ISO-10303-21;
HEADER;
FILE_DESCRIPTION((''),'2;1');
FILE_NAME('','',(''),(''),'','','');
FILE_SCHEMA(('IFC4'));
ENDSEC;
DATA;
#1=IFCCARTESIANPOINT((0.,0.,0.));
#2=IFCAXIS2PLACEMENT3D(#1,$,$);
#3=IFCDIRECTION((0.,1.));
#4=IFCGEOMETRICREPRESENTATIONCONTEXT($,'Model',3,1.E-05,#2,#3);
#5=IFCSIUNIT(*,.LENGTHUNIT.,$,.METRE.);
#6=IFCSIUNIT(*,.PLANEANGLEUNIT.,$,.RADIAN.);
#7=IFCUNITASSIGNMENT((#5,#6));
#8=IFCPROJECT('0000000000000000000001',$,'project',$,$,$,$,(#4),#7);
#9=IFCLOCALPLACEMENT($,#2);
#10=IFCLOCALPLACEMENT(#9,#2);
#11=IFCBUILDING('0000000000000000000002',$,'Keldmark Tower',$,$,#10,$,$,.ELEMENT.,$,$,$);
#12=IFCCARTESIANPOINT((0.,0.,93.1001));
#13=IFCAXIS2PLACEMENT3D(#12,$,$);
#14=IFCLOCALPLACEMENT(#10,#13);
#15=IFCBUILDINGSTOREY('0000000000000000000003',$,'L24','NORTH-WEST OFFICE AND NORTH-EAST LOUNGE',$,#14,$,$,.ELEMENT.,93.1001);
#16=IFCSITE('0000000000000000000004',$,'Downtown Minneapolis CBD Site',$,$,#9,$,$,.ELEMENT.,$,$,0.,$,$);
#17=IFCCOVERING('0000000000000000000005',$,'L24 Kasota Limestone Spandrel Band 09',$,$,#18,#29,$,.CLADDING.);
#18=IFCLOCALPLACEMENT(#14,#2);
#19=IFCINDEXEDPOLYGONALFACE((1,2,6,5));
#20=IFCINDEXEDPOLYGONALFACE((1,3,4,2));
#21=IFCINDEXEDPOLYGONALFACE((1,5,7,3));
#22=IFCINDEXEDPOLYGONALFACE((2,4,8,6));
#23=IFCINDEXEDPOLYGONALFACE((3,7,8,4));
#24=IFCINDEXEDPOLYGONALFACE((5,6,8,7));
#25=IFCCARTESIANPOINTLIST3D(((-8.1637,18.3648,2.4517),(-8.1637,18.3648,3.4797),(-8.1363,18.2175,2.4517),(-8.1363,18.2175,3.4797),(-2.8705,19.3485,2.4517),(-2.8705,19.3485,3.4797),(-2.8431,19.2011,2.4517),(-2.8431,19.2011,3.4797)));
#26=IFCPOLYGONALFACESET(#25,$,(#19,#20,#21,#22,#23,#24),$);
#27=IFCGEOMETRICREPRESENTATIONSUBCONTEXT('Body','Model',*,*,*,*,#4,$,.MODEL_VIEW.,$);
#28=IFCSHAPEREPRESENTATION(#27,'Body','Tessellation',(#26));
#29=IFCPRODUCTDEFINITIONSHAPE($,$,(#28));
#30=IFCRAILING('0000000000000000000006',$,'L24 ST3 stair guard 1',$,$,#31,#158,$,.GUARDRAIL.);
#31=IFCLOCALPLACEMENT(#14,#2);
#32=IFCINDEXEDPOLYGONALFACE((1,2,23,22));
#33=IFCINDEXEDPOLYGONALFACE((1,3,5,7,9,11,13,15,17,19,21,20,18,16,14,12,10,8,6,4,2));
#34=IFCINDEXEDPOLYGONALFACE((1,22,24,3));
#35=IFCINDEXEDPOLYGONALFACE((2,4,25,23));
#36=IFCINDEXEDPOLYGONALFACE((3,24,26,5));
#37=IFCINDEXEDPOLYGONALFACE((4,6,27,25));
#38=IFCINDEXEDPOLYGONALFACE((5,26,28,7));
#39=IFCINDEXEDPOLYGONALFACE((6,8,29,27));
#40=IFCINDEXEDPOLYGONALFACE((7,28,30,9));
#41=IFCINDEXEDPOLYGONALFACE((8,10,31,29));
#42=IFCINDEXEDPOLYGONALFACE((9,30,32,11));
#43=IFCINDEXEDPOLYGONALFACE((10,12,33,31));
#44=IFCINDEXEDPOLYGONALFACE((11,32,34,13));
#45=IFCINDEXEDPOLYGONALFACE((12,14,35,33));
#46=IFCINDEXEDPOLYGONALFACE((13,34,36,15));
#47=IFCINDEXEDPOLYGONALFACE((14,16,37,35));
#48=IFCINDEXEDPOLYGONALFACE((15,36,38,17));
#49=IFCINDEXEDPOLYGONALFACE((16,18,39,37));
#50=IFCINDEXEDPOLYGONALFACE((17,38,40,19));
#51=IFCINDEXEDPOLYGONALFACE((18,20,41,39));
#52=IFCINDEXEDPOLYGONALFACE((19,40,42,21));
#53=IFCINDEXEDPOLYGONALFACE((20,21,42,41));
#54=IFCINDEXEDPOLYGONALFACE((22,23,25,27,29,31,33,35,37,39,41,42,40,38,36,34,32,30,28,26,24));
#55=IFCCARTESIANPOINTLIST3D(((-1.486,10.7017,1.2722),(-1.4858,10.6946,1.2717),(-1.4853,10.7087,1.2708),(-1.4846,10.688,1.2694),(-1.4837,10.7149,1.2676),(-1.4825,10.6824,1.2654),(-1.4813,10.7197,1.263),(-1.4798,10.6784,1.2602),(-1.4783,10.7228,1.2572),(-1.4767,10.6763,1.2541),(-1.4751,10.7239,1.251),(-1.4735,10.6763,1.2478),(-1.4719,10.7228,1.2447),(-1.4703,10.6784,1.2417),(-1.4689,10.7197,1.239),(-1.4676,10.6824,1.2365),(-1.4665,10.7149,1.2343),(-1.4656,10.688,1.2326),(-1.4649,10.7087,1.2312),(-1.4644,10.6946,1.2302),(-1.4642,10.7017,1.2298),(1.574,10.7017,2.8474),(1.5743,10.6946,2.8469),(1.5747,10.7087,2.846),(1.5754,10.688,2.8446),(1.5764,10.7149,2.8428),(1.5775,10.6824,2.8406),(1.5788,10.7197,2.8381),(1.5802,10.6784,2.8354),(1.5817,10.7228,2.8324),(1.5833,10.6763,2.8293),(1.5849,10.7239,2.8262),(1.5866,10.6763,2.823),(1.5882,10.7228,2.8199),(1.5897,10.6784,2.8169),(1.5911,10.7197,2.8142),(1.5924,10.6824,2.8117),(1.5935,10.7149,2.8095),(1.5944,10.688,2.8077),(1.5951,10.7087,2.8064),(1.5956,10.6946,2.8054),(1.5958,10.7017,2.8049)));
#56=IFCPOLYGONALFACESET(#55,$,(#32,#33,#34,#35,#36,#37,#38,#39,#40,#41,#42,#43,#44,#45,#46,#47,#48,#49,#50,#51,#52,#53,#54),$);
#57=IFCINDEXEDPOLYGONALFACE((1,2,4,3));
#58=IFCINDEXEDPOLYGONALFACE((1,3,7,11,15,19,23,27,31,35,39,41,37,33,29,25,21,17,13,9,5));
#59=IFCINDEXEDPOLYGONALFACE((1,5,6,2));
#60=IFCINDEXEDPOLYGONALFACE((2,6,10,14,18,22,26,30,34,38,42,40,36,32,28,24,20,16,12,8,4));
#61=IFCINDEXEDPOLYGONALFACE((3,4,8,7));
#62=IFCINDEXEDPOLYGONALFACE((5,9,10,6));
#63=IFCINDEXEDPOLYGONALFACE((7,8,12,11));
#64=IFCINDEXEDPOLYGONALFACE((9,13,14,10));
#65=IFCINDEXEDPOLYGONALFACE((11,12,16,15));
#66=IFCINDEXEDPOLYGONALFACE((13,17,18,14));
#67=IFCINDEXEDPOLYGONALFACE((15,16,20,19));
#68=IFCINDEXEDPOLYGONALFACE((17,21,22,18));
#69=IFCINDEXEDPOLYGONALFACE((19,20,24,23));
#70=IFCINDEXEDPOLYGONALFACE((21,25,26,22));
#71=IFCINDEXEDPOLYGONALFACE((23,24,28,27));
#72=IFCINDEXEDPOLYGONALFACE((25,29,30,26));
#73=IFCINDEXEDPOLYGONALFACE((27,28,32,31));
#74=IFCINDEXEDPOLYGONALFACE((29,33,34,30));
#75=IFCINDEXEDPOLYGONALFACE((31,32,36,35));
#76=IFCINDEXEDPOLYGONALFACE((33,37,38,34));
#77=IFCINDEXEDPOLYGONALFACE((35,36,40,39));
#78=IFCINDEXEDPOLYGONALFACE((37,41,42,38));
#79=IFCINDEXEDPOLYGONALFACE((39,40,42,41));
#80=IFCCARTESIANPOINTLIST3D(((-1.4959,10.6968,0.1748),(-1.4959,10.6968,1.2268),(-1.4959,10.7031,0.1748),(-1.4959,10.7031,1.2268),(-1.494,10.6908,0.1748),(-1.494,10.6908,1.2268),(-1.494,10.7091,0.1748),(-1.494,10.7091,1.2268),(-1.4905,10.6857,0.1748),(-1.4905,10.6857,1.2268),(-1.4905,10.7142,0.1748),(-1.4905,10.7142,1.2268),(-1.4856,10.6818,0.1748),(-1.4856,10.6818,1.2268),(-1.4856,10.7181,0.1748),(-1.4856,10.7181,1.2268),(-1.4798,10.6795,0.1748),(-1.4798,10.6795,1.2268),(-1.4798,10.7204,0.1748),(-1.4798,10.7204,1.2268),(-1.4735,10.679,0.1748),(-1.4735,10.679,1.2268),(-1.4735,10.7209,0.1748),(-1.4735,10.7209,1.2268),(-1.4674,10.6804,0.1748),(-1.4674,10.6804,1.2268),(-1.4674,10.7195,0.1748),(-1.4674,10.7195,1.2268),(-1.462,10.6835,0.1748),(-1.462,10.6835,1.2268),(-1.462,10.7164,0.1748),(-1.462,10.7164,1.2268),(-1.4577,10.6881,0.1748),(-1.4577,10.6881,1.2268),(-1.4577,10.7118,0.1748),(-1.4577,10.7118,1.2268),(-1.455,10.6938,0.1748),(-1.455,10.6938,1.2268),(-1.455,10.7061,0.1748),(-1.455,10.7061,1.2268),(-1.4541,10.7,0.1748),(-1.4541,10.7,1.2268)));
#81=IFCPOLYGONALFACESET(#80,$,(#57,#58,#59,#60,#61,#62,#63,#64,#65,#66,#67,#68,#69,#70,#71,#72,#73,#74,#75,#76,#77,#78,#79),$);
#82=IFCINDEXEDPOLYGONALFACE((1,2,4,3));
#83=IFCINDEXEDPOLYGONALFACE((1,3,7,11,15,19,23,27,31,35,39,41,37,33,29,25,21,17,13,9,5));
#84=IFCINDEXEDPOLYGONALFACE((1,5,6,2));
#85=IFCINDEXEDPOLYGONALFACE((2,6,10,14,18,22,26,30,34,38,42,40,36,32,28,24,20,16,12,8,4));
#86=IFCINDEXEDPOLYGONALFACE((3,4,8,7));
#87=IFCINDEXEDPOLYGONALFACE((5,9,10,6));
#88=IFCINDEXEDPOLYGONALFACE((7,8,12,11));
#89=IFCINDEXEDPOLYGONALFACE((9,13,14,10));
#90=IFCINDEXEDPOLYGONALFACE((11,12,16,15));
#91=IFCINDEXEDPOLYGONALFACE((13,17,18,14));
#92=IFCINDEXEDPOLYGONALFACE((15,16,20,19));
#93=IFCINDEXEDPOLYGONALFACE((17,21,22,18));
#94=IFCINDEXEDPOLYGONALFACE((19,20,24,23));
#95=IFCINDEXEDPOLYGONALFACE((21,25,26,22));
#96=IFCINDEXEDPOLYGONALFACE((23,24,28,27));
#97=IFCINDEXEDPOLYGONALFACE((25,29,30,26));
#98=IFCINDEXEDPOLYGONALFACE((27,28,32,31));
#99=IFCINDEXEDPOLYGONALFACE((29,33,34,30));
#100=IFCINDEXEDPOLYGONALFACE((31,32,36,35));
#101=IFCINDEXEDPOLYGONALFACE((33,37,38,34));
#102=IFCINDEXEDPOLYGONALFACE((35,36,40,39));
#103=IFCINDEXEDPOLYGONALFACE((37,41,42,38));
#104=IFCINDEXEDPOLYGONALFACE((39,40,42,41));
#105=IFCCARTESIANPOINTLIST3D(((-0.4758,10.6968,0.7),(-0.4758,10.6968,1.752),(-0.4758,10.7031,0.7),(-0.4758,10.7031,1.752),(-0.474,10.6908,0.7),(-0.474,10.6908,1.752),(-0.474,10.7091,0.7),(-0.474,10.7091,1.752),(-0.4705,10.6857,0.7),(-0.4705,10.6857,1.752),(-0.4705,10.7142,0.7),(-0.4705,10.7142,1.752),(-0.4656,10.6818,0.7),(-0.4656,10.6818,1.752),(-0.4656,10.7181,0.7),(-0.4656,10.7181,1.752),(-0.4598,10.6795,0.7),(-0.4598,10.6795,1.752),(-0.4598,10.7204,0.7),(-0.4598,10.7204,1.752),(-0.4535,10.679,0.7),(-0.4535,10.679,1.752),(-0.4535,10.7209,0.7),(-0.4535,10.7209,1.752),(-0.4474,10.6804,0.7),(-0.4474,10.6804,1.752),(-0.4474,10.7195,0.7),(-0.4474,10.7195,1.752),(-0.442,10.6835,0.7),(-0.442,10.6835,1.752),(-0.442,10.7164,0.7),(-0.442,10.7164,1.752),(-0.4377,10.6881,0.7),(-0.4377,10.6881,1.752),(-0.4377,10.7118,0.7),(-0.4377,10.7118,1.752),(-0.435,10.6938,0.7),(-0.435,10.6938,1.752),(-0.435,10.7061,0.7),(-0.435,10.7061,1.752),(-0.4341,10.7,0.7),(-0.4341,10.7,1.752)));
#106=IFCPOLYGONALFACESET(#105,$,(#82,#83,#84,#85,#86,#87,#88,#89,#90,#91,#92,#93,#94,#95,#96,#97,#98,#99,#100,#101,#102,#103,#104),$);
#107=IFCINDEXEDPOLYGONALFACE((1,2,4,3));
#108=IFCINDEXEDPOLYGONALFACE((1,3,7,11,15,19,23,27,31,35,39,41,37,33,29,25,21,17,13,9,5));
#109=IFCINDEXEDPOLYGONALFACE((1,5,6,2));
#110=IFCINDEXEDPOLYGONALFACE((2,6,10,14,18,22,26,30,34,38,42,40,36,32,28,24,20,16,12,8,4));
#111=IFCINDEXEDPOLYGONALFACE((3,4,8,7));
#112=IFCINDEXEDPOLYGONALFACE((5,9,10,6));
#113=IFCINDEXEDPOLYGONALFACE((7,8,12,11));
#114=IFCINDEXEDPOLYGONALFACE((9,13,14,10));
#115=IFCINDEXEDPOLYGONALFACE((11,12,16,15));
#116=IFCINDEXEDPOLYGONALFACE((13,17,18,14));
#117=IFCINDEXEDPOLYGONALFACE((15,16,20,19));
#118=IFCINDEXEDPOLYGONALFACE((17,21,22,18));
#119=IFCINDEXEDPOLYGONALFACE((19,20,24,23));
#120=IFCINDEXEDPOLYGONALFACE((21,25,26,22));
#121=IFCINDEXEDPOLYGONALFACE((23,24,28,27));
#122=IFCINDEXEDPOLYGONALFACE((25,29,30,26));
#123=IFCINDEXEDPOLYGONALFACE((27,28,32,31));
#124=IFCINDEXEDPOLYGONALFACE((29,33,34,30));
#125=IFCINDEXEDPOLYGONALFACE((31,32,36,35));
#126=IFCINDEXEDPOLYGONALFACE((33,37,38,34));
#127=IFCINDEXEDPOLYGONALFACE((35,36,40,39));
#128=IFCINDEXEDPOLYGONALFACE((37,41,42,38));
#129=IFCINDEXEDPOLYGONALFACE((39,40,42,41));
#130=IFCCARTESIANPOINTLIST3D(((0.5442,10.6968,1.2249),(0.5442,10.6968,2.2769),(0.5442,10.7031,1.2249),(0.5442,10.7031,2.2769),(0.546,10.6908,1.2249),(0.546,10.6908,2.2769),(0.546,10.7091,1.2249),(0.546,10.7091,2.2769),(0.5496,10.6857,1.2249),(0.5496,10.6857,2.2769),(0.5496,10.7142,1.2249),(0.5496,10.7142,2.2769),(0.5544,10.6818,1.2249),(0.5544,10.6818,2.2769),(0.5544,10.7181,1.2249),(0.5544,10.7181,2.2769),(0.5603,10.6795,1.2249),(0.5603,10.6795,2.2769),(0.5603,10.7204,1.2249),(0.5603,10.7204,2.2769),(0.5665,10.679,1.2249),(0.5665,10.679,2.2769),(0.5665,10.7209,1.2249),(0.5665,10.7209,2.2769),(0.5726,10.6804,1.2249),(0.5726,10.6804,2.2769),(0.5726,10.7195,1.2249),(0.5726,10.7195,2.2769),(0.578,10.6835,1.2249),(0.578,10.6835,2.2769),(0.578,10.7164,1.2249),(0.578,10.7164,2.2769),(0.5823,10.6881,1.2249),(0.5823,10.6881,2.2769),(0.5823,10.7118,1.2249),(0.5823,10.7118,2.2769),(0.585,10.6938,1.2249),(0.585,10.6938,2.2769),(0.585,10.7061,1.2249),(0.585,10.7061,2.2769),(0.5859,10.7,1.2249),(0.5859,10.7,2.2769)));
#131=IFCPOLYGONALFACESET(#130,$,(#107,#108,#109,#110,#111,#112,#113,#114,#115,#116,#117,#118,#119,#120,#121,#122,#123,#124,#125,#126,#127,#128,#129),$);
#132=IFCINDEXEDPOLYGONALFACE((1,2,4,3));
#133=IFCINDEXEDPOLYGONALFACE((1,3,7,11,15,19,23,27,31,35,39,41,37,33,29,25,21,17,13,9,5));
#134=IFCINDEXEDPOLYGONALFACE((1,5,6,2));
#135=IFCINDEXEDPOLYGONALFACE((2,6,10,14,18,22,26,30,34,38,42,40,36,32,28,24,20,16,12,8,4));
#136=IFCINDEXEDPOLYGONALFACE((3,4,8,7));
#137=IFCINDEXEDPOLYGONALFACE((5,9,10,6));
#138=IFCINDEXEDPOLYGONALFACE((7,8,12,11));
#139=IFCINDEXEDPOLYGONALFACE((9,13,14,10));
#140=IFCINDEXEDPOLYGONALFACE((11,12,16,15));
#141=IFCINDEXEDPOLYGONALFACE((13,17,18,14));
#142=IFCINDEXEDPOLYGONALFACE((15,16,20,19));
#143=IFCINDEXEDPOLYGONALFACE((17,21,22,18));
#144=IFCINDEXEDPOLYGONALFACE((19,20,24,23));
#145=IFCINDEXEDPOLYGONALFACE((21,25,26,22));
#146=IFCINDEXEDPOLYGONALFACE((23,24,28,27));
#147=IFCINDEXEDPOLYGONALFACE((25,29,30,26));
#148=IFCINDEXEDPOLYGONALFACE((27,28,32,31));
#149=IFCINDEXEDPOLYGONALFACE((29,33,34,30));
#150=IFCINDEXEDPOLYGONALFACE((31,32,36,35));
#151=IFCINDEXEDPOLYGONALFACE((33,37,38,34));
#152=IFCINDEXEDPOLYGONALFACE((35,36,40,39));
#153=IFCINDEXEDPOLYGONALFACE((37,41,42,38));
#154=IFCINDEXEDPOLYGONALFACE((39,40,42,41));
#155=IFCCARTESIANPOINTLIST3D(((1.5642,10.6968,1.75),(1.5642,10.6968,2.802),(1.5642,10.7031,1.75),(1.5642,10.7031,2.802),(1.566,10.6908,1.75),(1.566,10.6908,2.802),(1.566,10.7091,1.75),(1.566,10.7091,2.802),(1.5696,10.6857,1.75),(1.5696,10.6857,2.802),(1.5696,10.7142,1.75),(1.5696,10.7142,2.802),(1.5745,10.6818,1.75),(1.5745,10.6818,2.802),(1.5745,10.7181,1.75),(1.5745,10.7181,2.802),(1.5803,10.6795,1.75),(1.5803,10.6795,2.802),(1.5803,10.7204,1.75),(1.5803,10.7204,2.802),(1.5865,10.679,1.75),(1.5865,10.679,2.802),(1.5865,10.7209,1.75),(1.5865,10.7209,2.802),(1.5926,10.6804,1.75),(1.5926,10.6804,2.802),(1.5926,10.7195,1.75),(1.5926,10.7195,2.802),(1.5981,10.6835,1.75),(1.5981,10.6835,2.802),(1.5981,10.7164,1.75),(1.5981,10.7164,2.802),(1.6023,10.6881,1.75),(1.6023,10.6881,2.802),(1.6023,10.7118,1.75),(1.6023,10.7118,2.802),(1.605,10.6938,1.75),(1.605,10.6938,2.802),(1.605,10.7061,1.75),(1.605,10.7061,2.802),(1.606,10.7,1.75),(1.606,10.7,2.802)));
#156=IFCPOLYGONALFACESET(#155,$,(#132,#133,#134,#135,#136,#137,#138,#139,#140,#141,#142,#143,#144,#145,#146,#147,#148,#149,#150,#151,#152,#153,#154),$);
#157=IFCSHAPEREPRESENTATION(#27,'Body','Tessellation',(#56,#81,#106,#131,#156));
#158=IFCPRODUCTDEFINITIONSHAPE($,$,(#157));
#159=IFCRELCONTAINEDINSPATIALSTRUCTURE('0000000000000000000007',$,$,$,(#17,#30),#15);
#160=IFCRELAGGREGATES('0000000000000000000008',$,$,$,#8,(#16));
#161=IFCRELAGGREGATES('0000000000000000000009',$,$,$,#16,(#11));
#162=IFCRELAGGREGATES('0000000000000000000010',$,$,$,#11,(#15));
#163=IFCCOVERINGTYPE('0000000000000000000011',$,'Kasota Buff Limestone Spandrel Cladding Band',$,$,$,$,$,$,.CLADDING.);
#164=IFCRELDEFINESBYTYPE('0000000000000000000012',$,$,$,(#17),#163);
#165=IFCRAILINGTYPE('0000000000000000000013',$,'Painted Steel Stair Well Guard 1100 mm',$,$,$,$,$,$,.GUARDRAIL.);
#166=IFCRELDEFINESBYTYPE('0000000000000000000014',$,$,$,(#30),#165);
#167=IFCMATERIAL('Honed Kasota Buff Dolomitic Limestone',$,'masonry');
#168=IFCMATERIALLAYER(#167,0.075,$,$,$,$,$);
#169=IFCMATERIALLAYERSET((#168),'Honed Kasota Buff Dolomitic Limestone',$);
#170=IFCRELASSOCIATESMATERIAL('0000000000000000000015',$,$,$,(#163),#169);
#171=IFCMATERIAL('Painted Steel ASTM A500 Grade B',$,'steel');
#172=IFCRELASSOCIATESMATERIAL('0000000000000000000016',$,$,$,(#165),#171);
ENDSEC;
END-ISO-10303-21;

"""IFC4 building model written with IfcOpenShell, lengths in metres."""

from ifc_helpers import new_model, si_unit, direction, frame, origin, origin_2d, place, context, subcontext, project, spatial, rectangle, circle, extrude, material, layer, layer_set, type_object, element, save


model = new_model("IFC4")

# Units and contexts
model_context = context("Model", 3, precision=1e-05, world=origin(), true_north=direction((0.0, 1.0)))
body_context = subcontext(model_context, "Body", "Model", "MODEL_VIEW")
ifc_project = project(units=[si_unit("LENGTHUNIT", "METRE"), si_unit("PLANEANGLEUNIT", "RADIAN")], contexts=[model_context])

# Site, building, storey
site_placement = place(None, origin())
site = spatial("IfcSite", under=ifc_project, at=site_placement, Name="Downtown Minneapolis CBD Site", CompositionType="ELEMENT", RefElevation=0.0)
building_placement = place(site_placement, origin())
building = spatial("IfcBuilding", under=site, at=building_placement, Name="Keldmark Tower", CompositionType="ELEMENT")
storey_placement = place(building_placement, frame((0.0, 0.0, 93.1001)))
storey = spatial("IfcBuildingStorey", under=building, at=storey_placement, Name="L24", Description="NORTH-WEST OFFICE AND NORTH-EAST LOUNGE", CompositionType="ELEMENT", Elevation=93.1001)

# Covering
ifc_material_1 = material(Name="Honed Kasota Buff Dolomitic Limestone", Category="masonry")
ifc_layer_1 = layer(ifc_material_1, 0.075)
ifc_layer_set_1 = layer_set([ifc_layer_1], Name="Honed Kasota Buff Dolomitic Limestone")
covering_type = type_object("IfcCoveringType", Name="Kasota Buff Limestone Spandrel Cladding Band", PredefinedType="CLADDING", material=ifc_layer_set_1)
covering_placement = place(storey_placement, frame((-5.5034, 18.783, 2.4517), z_axis=(0.0, 0.0, 1.0), x_axis=(-0.983169, -0.182699, 0.0)))
element("IfcCovering", 1, at=covering_placement, inside=storey, type_object=covering_type, Name="L24 Kasota Limestone Spandrel Band 09", PredefinedType="CLADDING", context=body_context, shape_type="SweptSolid", body=[
    extrude(rectangle(XDim=5.3838, YDim=0.1499, at=origin_2d()), origin(), (0.0, 0.0, 1.0), 1.0281),
])

# Railing
ifc_material_2 = material(Name="Painted Steel ASTM A500 Grade B", Category="steel")
railing_type_1 = type_object("IfcRailingType", Name="Painted Steel Stair Well Guard 1100 mm", PredefinedType="GUARDRAIL", material=ifc_material_2)
railing_1_placement = place(storey_placement, frame((-1.4751, 10.7, 0.1748)))
element("IfcRailing", 2, at=railing_1_placement, inside=storey, type_object=railing_type_1, Name="L24 ST3 stair guard 1", PredefinedType="GUARDRAIL", context=body_context, shape_type="SweptSolid", body=[
    extrude(circle(Radius=0.0239, at=origin_2d()), frame((0.0, 0.0, 1.0762), z_axis=(0.889116, 0.0, 0.457681), x_axis=(0.0, 1.0, 0.0)), (0.0, 0.0, 1.0), 3.4417),
    extrude(circle(Radius=0.021, at=origin_2d()), origin(), (0.0, 0.0, 1.0), 1.052),
    extrude(circle(Radius=0.021, at=origin_2d()), frame((1.02, 0.0, 0.5251)), (0.0, 0.0, 1.0), 1.052),
    extrude(circle(Radius=0.021, at=origin_2d()), frame((2.04, 0.0, 1.05)), (0.0, 0.0, 1.0), 1.052),
    extrude(circle(Radius=0.021, at=origin_2d()), frame((3.0601, 0.0, 1.5752)), (0.0, 0.0, 1.0), 1.052),
])

save(model, "model.ifc")
